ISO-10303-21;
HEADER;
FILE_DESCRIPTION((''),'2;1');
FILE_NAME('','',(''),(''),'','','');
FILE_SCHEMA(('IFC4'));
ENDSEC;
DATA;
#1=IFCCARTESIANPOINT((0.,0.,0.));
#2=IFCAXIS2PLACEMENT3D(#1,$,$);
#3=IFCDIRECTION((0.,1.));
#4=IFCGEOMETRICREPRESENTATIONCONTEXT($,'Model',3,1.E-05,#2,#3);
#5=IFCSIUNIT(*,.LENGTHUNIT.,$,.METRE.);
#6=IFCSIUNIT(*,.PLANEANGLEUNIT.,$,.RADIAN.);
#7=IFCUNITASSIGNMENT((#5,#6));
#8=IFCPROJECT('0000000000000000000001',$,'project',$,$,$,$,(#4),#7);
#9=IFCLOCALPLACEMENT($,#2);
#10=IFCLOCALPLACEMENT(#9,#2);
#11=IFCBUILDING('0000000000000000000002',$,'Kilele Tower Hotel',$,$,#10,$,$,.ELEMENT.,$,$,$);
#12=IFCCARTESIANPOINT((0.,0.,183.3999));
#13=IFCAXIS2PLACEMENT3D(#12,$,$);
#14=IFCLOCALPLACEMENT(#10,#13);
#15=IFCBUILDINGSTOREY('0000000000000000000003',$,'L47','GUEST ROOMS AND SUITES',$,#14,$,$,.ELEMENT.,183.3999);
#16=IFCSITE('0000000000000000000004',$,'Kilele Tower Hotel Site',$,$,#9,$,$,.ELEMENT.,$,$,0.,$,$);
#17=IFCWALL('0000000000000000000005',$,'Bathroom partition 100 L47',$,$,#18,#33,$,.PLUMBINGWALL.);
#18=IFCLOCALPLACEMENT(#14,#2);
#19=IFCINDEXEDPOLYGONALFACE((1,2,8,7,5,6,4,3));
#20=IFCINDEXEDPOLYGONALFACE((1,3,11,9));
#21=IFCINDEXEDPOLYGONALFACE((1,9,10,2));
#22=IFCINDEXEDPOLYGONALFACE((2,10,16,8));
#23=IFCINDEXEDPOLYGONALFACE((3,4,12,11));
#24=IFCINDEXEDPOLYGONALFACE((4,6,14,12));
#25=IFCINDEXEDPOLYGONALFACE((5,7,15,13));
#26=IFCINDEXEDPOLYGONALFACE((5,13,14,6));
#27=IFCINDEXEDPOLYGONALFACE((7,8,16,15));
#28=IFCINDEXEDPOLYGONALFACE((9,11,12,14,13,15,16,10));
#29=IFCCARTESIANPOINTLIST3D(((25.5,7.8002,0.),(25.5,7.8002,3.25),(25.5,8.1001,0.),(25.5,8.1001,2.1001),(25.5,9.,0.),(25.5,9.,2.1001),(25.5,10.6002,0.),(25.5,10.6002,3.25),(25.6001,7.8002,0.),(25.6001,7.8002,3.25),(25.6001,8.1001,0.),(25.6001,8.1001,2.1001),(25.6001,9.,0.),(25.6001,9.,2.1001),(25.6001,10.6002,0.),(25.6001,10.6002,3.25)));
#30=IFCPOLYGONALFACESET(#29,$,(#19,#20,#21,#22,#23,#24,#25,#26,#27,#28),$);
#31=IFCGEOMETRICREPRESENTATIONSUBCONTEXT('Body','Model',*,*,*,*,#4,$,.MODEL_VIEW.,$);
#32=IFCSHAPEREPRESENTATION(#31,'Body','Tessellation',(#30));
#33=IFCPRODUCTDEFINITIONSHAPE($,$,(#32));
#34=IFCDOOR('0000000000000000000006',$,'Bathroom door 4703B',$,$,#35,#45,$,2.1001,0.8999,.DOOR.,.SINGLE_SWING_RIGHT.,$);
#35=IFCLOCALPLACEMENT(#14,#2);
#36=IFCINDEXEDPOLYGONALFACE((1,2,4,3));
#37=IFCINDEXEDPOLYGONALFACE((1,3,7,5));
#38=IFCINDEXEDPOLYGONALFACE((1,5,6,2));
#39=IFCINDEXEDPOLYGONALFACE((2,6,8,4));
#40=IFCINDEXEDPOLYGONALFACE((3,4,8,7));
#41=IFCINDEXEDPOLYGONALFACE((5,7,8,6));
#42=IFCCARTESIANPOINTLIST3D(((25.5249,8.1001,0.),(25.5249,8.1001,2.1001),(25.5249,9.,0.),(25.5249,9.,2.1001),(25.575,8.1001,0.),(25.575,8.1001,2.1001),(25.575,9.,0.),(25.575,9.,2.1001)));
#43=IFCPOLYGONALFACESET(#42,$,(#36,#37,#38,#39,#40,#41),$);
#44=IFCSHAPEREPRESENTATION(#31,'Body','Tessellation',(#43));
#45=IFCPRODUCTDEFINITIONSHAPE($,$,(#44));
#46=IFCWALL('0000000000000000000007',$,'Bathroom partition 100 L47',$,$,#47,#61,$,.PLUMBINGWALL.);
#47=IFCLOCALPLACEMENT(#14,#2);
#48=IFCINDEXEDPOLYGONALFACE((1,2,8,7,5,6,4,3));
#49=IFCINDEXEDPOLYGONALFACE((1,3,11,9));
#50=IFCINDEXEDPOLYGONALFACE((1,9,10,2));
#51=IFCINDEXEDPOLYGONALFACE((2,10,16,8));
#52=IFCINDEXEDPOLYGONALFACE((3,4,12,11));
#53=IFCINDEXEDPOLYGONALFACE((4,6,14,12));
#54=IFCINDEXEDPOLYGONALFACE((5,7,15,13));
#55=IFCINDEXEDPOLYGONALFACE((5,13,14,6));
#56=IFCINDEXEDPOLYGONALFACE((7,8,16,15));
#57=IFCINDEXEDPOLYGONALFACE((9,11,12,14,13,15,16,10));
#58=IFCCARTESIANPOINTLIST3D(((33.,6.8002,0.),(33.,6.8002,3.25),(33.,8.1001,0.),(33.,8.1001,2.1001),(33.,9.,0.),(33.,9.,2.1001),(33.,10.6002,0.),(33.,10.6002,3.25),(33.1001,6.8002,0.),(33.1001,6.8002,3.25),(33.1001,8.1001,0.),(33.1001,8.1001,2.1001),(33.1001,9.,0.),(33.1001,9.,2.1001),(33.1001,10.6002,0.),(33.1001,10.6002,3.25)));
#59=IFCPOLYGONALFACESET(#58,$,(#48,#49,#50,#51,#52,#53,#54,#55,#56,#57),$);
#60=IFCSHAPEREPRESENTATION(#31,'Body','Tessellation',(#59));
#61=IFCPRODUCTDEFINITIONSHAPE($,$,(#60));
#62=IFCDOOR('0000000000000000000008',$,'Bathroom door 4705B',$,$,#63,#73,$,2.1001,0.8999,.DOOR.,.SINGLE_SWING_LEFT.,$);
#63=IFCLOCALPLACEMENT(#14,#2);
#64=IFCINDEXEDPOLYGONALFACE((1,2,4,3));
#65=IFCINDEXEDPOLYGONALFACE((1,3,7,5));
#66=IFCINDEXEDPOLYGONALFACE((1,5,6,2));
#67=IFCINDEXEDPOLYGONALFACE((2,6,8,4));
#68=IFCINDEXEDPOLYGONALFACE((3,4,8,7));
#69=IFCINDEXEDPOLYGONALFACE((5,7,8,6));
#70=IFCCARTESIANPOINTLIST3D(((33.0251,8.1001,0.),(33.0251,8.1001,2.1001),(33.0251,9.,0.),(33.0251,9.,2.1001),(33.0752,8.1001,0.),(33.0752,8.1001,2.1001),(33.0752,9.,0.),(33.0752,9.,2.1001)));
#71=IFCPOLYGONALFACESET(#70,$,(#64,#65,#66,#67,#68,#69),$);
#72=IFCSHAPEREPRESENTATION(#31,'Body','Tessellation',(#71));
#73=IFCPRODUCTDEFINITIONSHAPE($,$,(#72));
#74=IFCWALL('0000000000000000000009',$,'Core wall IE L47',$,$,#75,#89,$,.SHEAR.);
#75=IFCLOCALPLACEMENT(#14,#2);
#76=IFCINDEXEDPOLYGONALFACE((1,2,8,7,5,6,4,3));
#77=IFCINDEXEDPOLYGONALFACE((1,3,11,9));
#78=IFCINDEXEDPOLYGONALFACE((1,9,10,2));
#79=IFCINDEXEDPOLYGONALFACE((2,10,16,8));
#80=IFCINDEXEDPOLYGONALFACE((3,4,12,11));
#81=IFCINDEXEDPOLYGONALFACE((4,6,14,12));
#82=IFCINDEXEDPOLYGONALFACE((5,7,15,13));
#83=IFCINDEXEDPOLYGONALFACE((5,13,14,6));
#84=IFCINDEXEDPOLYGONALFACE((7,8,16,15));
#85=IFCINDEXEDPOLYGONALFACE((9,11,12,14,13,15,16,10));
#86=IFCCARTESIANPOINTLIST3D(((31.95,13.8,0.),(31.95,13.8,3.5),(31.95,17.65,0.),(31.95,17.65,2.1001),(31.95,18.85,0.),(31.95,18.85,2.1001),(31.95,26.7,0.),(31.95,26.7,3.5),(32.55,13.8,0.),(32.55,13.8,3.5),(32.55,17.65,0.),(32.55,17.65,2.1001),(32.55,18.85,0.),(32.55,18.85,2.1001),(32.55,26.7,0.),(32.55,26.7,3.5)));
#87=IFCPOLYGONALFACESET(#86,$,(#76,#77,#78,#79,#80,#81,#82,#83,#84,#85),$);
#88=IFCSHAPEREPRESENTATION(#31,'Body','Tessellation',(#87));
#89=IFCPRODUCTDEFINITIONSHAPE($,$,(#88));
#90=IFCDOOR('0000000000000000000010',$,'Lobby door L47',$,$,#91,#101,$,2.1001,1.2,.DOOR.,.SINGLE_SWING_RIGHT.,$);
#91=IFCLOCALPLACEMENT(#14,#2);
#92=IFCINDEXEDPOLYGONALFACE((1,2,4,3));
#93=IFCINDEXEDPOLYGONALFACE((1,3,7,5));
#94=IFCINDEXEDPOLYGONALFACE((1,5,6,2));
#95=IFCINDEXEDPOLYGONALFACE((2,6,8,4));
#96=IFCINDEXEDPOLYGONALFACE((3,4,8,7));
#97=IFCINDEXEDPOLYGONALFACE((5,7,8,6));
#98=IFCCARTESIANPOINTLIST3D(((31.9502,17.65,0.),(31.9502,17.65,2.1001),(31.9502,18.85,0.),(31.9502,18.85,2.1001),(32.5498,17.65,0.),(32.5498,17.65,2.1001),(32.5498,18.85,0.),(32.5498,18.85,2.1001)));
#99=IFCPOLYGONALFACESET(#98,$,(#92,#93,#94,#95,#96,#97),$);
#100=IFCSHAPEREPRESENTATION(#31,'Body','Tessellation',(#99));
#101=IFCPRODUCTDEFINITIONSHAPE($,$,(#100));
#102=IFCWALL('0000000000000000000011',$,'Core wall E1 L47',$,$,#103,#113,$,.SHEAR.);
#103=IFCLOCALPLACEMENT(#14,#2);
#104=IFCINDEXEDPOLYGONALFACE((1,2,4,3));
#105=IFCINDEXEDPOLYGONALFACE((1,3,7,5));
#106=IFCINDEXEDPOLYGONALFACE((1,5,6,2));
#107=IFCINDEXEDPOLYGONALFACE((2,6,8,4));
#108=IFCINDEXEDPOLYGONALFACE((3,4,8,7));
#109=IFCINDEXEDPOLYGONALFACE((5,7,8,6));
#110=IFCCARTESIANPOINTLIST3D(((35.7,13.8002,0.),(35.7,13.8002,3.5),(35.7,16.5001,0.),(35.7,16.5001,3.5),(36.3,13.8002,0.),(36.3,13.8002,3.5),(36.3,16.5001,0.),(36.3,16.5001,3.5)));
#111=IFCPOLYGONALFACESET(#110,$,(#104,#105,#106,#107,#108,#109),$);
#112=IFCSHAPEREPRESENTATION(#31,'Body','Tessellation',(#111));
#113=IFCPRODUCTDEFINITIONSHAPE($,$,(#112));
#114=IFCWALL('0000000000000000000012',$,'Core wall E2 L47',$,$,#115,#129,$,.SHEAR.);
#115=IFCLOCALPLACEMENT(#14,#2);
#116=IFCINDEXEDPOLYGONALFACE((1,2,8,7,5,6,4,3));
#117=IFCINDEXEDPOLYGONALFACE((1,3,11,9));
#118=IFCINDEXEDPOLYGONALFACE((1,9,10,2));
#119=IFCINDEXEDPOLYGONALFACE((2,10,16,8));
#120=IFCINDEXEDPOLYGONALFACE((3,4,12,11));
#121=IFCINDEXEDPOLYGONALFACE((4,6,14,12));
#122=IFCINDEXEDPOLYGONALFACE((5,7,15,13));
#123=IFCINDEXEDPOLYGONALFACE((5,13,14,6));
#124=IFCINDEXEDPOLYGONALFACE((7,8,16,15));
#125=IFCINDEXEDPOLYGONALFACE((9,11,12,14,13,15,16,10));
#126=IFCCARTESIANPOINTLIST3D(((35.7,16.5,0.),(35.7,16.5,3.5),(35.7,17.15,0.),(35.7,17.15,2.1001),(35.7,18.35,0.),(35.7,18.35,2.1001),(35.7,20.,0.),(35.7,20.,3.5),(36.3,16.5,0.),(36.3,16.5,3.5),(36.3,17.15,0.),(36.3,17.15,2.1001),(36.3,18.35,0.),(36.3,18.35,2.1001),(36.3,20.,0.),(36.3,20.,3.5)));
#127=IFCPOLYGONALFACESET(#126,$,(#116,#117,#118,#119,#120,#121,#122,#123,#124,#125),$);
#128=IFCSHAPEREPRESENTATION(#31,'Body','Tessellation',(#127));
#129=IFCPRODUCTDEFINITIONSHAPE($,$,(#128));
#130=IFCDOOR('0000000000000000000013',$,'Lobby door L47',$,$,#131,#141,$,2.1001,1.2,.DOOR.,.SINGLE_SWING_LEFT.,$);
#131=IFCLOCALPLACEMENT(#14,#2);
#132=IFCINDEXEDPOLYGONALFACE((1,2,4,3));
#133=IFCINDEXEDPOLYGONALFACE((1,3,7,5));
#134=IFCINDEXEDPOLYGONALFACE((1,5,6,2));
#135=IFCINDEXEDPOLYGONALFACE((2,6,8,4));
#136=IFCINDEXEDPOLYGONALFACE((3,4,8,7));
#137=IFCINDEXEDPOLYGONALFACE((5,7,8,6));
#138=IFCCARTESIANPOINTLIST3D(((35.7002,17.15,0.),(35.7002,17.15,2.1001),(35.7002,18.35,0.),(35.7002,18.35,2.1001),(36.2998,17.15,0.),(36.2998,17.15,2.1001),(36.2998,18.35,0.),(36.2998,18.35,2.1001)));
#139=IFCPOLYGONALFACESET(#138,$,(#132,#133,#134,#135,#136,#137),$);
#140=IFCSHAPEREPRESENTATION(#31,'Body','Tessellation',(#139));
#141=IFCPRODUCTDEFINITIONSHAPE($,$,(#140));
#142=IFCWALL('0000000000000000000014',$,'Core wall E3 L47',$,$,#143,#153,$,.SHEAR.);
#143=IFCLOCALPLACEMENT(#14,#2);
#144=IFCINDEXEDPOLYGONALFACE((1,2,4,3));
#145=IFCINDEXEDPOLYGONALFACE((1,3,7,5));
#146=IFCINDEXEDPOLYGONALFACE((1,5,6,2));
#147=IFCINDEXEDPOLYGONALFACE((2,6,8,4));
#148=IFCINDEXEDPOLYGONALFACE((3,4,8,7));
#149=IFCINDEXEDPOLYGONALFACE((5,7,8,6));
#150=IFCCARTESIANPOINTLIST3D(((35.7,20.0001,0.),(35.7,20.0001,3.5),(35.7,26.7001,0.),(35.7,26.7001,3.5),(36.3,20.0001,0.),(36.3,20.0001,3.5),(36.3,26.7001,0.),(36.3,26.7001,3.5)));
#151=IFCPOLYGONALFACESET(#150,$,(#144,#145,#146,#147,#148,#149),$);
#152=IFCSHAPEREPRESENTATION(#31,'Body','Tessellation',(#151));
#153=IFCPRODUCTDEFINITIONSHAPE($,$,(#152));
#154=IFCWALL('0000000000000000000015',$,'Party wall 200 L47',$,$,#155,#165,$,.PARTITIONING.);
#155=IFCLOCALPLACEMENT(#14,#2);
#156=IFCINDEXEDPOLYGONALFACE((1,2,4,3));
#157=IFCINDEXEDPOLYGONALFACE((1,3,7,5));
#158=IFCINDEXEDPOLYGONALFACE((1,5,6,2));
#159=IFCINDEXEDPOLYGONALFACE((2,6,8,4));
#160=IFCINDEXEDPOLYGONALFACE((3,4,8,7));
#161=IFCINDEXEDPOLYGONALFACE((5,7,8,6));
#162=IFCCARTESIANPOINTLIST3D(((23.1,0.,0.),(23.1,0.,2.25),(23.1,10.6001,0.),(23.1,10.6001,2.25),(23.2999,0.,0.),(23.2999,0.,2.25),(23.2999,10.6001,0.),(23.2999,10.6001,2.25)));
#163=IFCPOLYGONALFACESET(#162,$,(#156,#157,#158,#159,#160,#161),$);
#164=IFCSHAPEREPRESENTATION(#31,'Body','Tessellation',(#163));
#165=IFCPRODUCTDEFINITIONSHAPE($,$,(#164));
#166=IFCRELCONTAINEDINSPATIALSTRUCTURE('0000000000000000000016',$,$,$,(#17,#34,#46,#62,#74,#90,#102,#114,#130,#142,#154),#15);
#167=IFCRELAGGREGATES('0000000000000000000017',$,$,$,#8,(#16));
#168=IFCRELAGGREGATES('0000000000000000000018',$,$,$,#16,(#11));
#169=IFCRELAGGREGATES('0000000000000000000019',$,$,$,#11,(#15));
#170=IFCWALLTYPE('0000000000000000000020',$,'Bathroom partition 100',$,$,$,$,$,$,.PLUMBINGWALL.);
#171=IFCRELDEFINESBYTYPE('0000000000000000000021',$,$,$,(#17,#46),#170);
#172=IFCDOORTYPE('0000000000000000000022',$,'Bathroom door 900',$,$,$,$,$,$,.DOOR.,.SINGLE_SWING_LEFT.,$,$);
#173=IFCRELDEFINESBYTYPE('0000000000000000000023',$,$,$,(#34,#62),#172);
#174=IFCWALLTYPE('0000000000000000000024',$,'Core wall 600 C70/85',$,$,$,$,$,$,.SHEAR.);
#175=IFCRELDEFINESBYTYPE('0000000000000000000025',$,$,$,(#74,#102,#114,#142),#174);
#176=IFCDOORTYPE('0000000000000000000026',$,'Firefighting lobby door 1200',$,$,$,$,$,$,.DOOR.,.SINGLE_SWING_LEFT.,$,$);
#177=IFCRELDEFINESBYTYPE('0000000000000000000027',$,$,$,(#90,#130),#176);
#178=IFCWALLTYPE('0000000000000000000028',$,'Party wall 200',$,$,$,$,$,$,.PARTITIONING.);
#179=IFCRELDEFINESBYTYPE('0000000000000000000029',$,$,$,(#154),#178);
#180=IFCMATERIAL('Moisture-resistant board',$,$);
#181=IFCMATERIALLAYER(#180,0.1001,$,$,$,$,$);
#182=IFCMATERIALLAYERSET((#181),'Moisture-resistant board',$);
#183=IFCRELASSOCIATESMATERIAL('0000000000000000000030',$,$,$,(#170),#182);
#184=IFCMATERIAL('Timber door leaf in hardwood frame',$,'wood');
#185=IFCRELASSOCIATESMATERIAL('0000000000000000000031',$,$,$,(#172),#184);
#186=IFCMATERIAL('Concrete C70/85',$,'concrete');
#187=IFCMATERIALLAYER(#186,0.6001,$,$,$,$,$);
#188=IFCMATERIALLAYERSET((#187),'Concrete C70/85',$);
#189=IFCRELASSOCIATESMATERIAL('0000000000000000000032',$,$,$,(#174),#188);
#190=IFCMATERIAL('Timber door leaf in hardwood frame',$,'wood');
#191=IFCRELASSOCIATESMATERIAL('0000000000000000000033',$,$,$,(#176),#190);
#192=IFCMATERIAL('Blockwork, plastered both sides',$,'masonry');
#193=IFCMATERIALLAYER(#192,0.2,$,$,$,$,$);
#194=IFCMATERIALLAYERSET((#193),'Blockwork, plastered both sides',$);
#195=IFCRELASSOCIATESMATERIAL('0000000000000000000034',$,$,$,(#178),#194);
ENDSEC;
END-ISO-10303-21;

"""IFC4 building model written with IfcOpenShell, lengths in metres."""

from ifc_helpers import new_model, si_unit, direction, frame, frame_2d, origin, place, context, subcontext, project, spatial, rectangle, extrude, material, layer, layer_set, type_object, element, fill, save


model = new_model("IFC4")

# Units and contexts
model_context = context("Model", 3, precision=1e-05, world=origin(), true_north=direction((0.0, 1.0)))
body_context = subcontext(model_context, "Body", "Model", "MODEL_VIEW")
ifc_project = project(units=[si_unit("LENGTHUNIT", "METRE"), si_unit("PLANEANGLEUNIT", "RADIAN")], contexts=[model_context])

# Site, building, storey
site_placement = place(None, origin())
site = spatial("IfcSite", under=ifc_project, at=site_placement, Name="Kilele Tower Hotel Site", CompositionType="ELEMENT", RefElevation=0.0)
building_placement = place(site_placement, origin())
building = spatial("IfcBuilding", under=site, at=building_placement, Name="Kilele Tower Hotel", CompositionType="ELEMENT")
storey_placement = place(building_placement, frame((0.0, 0.0, 183.3999)))
storey = spatial("IfcBuildingStorey", under=building, at=storey_placement, Name="L47", Description="GUEST ROOMS AND SUITES", CompositionType="ELEMENT", Elevation=183.3999)

# Walls, openings, doors
ifc_material_1 = material(Name="Moisture-resistant board")
ifc_layer_1 = layer(ifc_material_1, 0.1001)
ifc_layer_set_1 = layer_set([ifc_layer_1], Name="Moisture-resistant board")
wall_type_1 = type_object("IfcWallType", Name="Bathroom partition 100", PredefinedType="PLUMBINGWALL", material=ifc_layer_set_1)
wall_1_placement = place(storey_placement, frame((25.55, 10.6001, 0.0), z_axis=(0.0, 0.0, 1.0), x_axis=(0.0, -1.0, 0.0)))
wall_1 = element("IfcWall", 1, at=wall_1_placement, inside=storey, type_object=wall_type_1, Name="Bathroom partition 100 L47", PredefinedType="PLUMBINGWALL", context=body_context, shape_type="SweptSolid", body=[
    extrude(rectangle(XDim=2.8, YDim=0.1001, at=frame_2d((1.3999, 0.0))), origin(), (0.0, 0.0, 1.0), 3.25),
])
opening_1_placement = place(wall_1_placement, frame((1.6001, 0.0, 0.0)))
opening_1 = element("IfcOpeningElement", 2, at=opening_1_placement, cuts=wall_1, PredefinedType="OPENING", context=body_context, shape_type="SweptSolid", body=[
    extrude(rectangle(XDim=0.8999, YDim=2.1001, at=frame_2d((0.45, 1.05))), frame((0.0, 0.0601, 0.0), z_axis=(0.0, -1.0, 0.0), x_axis=(1.0, 0.0, 0.0)), (0.0, 0.0, 1.0), 0.1201),
])
ifc_material_2 = material(Name="Timber door leaf in hardwood frame", Category="wood")
door_type_1 = type_object("IfcDoorType", Name="Bathroom door 900", OperationType="SINGLE_SWING_LEFT", PredefinedType="DOOR", material=ifc_material_2)
door_1_placement = place(opening_1_placement, origin())
door_1 = element("IfcDoor", 3, at=door_1_placement, inside=storey, type_object=door_type_1, Name="Bathroom door 4703B", OperationType="SINGLE_SWING_RIGHT", OverallHeight=2.1001, OverallWidth=0.8999, PredefinedType="DOOR", context=body_context, shape_type="SweptSolid", body=[
    extrude(rectangle(XDim=0.8999, YDim=2.1001, at=frame_2d((0.45, 1.05))), frame((0.0, 0.0249, 0.0), z_axis=(0.0, -1.0, 0.0), x_axis=(1.0, 0.0, 0.0)), (0.0, 0.0, 1.0), 0.05),
])
fill(opening_1, door_1)
wall_2_placement = place(storey_placement, frame((33.05, 10.6001, 0.0), z_axis=(0.0, 0.0, 1.0), x_axis=(0.0, -1.0, 0.0)))
wall_2 = element("IfcWall", 4, at=wall_2_placement, inside=storey, type_object=wall_type_1, Name="Bathroom partition 100 L47", PredefinedType="PLUMBINGWALL", context=body_context, shape_type="SweptSolid", body=[
    extrude(rectangle(XDim=3.8, YDim=0.1001, at=frame_2d((1.8999, 0.0))), origin(), (0.0, 0.0, 1.0), 3.25),
])
opening_2_placement = place(wall_2_placement, frame((2.5, 0.0, 0.0), z_axis=(0.0, 0.0, 1.0), x_axis=(-1.0, 0.0, 0.0)))
opening_2 = element("IfcOpeningElement", 5, at=opening_2_placement, cuts=wall_2, PredefinedType="OPENING", context=body_context, shape_type="SweptSolid", body=[
    extrude(rectangle(XDim=0.8999, YDim=2.1001, at=frame_2d((0.45, 1.05))), frame((0.0, 0.0601, 0.0), z_axis=(0.0, -1.0, 0.0), x_axis=(1.0, 0.0, 0.0)), (0.0, 0.0, 1.0), 0.1201),
])
door_2_placement = place(opening_2_placement, origin())
door_2 = element("IfcDoor", 6, at=door_2_placement, inside=storey, type_object=door_type_1, Name="Bathroom door 4705B", OperationType="SINGLE_SWING_LEFT", OverallHeight=2.1001, OverallWidth=0.8999, PredefinedType="DOOR", context=body_context, shape_type="SweptSolid", body=[
    extrude(rectangle(XDim=0.8999, YDim=2.1001, at=frame_2d((0.45, 1.05))), frame((0.0, 0.0249, 0.0), z_axis=(0.0, -1.0, 0.0), x_axis=(1.0, 0.0, 0.0)), (0.0, 0.0, 1.0), 0.05),
])
fill(opening_2, door_2)
ifc_material_3 = material(Name="Concrete C70/85", Category="concrete")
ifc_layer_2 = layer(ifc_material_3, 0.6001)
ifc_layer_set_2 = layer_set([ifc_layer_2], Name="Concrete C70/85")
wall_type_2 = type_object("IfcWallType", Name="Core wall 600 C70/85", PredefinedType="SHEAR", material=ifc_layer_set_2)
wall_3_placement = place(storey_placement, frame((32.25, 13.8, 0.0), z_axis=(0.0, 0.0, 1.0), x_axis=(0.0, 1.0, 0.0)))
wall_3 = element("IfcWall", 7, at=wall_3_placement, inside=storey, type_object=wall_type_2, Name="Core wall IE L47", PredefinedType="SHEAR", context=body_context, shape_type="SweptSolid", body=[
    extrude(rectangle(XDim=12.8999, YDim=0.6001, at=frame_2d((6.45, 0.0))), origin(), (0.0, 0.0, 1.0), 3.5),
])
opening_3_placement = place(wall_3_placement, frame((5.05, 0.0, 0.0), z_axis=(0.0, 0.0, 1.0), x_axis=(-1.0, 0.0, 0.0)))
opening_3 = element("IfcOpeningElement", 8, at=opening_3_placement, cuts=wall_3, PredefinedType="OPENING", context=body_context, shape_type="SweptSolid", body=[
    extrude(rectangle(XDim=1.2, YDim=2.1001, at=frame_2d((0.6001, 1.05))), frame((0.0, 0.3101, 0.0), z_axis=(0.0, -1.0, 0.0), x_axis=(1.0, 0.0, 0.0)), (0.0, 0.0, 1.0), 0.6201),
])
ifc_material_4 = material(Name="Timber door leaf in hardwood frame", Category="wood")
door_type_2 = type_object("IfcDoorType", Name="Firefighting lobby door 1200", OperationType="SINGLE_SWING_LEFT", PredefinedType="DOOR", material=ifc_material_4)
door_3_placement = place(opening_3_placement, origin())
door_3 = element("IfcDoor", 9, at=door_3_placement, inside=storey, type_object=door_type_2, Name="Lobby door L47", OperationType="SINGLE_SWING_RIGHT", OverallHeight=2.1001, OverallWidth=1.2, PredefinedType="DOOR", context=body_context, shape_type="SweptSolid", body=[
    extrude(rectangle(XDim=1.2, YDim=2.1001, at=frame_2d((0.6001, 1.05))), frame((0.0, 0.2998, 0.0), z_axis=(0.0, -1.0, 0.0), x_axis=(1.0, 0.0, 0.0)), (0.0, 0.0, 1.0), 0.5996),
])
fill(opening_3, door_3)

# Wall
wall_4_placement = place(storey_placement, frame((36.0, 13.8, 0.0), z_axis=(0.0, 0.0, 1.0), x_axis=(0.0, 1.0, 0.0)))
element("IfcWall", 10, at=wall_4_placement, inside=storey, type_object=wall_type_2, Name="Core wall E1 L47", PredefinedType="SHEAR", context=body_context, shape_type="SweptSolid", body=[
    extrude(rectangle(XDim=2.7, YDim=0.6001, at=frame_2d((1.3501, 0.0))), origin(), (0.0, 0.0, 1.0), 3.5),
])

# Wall, opening, door
wall_5_placement = place(storey_placement, frame((36.0, 16.5, 0.0), z_axis=(0.0, 0.0, 1.0), x_axis=(0.0, 1.0, 0.0)))
wall_5 = element("IfcWall", 11, at=wall_5_placement, inside=storey, type_object=wall_type_2, Name="Core wall E2 L47", PredefinedType="SHEAR", context=body_context, shape_type="SweptSolid", body=[
    extrude(rectangle(XDim=3.5, YDim=0.6001, at=frame_2d((1.75, 0.0))), origin(), (0.0, 0.0, 1.0), 3.5),
])
opening_4_placement = place(wall_5_placement, frame((0.6499, 0.0, 0.0)))
opening_4 = element("IfcOpeningElement", 12, at=opening_4_placement, cuts=wall_5, PredefinedType="OPENING", context=body_context, shape_type="SweptSolid", body=[
    extrude(rectangle(XDim=1.2, YDim=2.1001, at=frame_2d((0.6001, 1.05))), frame((0.0, 0.3101, 0.0), z_axis=(0.0, -1.0, 0.0), x_axis=(1.0, 0.0, 0.0)), (0.0, 0.0, 1.0), 0.6201),
])
door_4_placement = place(opening_4_placement, origin())
door_4 = element("IfcDoor", 13, at=door_4_placement, inside=storey, type_object=door_type_2, Name="Lobby door L47", OperationType="SINGLE_SWING_LEFT", OverallHeight=2.1001, OverallWidth=1.2, PredefinedType="DOOR", context=body_context, shape_type="SweptSolid", body=[
    extrude(rectangle(XDim=1.2, YDim=2.1001, at=frame_2d((0.6001, 1.05))), frame((0.0, 0.2998, 0.0), z_axis=(0.0, -1.0, 0.0), x_axis=(1.0, 0.0, 0.0)), (0.0, 0.0, 1.0), 0.5996),
])
fill(opening_4, door_4)

# Walls
wall_6_placement = place(storey_placement, frame((36.0, 20.0, 0.0), z_axis=(0.0, 0.0, 1.0), x_axis=(0.0, 1.0, 0.0)))
element("IfcWall", 14, at=wall_6_placement, inside=storey, type_object=wall_type_2, Name="Core wall E3 L47", PredefinedType="SHEAR", context=body_context, shape_type="SweptSolid", body=[
    extrude(rectangle(XDim=6.7, YDim=0.6001, at=frame_2d((3.3501, 0.0))), origin(), (0.0, 0.0, 1.0), 3.5),
])
ifc_material_5 = material(Name="Blockwork, plastered both sides", Category="masonry")
ifc_layer_3 = layer(ifc_material_5, 0.2)
ifc_layer_set_3 = layer_set([ifc_layer_3], Name="Blockwork, plastered both sides")
wall_type_3 = type_object("IfcWallType", Name="Party wall 200", PredefinedType="PARTITIONING", material=ifc_layer_set_3)
wall_7_placement = place(storey_placement, frame((23.2, 10.6001, 0.0), z_axis=(0.0, 0.0, 1.0), x_axis=(0.0, -1.0, 0.0)))
element("IfcWall", 15, at=wall_7_placement, inside=storey, type_object=wall_type_3, Name="Party wall 200 L47", PredefinedType="PARTITIONING", context=body_context, shape_type="SweptSolid", body=[
    extrude(rectangle(XDim=10.6001, YDim=0.2, at=frame_2d((5.3, 0.0))), origin(), (0.0, 0.0, 1.0), 2.25),
])

save(model, "model.ifc")
